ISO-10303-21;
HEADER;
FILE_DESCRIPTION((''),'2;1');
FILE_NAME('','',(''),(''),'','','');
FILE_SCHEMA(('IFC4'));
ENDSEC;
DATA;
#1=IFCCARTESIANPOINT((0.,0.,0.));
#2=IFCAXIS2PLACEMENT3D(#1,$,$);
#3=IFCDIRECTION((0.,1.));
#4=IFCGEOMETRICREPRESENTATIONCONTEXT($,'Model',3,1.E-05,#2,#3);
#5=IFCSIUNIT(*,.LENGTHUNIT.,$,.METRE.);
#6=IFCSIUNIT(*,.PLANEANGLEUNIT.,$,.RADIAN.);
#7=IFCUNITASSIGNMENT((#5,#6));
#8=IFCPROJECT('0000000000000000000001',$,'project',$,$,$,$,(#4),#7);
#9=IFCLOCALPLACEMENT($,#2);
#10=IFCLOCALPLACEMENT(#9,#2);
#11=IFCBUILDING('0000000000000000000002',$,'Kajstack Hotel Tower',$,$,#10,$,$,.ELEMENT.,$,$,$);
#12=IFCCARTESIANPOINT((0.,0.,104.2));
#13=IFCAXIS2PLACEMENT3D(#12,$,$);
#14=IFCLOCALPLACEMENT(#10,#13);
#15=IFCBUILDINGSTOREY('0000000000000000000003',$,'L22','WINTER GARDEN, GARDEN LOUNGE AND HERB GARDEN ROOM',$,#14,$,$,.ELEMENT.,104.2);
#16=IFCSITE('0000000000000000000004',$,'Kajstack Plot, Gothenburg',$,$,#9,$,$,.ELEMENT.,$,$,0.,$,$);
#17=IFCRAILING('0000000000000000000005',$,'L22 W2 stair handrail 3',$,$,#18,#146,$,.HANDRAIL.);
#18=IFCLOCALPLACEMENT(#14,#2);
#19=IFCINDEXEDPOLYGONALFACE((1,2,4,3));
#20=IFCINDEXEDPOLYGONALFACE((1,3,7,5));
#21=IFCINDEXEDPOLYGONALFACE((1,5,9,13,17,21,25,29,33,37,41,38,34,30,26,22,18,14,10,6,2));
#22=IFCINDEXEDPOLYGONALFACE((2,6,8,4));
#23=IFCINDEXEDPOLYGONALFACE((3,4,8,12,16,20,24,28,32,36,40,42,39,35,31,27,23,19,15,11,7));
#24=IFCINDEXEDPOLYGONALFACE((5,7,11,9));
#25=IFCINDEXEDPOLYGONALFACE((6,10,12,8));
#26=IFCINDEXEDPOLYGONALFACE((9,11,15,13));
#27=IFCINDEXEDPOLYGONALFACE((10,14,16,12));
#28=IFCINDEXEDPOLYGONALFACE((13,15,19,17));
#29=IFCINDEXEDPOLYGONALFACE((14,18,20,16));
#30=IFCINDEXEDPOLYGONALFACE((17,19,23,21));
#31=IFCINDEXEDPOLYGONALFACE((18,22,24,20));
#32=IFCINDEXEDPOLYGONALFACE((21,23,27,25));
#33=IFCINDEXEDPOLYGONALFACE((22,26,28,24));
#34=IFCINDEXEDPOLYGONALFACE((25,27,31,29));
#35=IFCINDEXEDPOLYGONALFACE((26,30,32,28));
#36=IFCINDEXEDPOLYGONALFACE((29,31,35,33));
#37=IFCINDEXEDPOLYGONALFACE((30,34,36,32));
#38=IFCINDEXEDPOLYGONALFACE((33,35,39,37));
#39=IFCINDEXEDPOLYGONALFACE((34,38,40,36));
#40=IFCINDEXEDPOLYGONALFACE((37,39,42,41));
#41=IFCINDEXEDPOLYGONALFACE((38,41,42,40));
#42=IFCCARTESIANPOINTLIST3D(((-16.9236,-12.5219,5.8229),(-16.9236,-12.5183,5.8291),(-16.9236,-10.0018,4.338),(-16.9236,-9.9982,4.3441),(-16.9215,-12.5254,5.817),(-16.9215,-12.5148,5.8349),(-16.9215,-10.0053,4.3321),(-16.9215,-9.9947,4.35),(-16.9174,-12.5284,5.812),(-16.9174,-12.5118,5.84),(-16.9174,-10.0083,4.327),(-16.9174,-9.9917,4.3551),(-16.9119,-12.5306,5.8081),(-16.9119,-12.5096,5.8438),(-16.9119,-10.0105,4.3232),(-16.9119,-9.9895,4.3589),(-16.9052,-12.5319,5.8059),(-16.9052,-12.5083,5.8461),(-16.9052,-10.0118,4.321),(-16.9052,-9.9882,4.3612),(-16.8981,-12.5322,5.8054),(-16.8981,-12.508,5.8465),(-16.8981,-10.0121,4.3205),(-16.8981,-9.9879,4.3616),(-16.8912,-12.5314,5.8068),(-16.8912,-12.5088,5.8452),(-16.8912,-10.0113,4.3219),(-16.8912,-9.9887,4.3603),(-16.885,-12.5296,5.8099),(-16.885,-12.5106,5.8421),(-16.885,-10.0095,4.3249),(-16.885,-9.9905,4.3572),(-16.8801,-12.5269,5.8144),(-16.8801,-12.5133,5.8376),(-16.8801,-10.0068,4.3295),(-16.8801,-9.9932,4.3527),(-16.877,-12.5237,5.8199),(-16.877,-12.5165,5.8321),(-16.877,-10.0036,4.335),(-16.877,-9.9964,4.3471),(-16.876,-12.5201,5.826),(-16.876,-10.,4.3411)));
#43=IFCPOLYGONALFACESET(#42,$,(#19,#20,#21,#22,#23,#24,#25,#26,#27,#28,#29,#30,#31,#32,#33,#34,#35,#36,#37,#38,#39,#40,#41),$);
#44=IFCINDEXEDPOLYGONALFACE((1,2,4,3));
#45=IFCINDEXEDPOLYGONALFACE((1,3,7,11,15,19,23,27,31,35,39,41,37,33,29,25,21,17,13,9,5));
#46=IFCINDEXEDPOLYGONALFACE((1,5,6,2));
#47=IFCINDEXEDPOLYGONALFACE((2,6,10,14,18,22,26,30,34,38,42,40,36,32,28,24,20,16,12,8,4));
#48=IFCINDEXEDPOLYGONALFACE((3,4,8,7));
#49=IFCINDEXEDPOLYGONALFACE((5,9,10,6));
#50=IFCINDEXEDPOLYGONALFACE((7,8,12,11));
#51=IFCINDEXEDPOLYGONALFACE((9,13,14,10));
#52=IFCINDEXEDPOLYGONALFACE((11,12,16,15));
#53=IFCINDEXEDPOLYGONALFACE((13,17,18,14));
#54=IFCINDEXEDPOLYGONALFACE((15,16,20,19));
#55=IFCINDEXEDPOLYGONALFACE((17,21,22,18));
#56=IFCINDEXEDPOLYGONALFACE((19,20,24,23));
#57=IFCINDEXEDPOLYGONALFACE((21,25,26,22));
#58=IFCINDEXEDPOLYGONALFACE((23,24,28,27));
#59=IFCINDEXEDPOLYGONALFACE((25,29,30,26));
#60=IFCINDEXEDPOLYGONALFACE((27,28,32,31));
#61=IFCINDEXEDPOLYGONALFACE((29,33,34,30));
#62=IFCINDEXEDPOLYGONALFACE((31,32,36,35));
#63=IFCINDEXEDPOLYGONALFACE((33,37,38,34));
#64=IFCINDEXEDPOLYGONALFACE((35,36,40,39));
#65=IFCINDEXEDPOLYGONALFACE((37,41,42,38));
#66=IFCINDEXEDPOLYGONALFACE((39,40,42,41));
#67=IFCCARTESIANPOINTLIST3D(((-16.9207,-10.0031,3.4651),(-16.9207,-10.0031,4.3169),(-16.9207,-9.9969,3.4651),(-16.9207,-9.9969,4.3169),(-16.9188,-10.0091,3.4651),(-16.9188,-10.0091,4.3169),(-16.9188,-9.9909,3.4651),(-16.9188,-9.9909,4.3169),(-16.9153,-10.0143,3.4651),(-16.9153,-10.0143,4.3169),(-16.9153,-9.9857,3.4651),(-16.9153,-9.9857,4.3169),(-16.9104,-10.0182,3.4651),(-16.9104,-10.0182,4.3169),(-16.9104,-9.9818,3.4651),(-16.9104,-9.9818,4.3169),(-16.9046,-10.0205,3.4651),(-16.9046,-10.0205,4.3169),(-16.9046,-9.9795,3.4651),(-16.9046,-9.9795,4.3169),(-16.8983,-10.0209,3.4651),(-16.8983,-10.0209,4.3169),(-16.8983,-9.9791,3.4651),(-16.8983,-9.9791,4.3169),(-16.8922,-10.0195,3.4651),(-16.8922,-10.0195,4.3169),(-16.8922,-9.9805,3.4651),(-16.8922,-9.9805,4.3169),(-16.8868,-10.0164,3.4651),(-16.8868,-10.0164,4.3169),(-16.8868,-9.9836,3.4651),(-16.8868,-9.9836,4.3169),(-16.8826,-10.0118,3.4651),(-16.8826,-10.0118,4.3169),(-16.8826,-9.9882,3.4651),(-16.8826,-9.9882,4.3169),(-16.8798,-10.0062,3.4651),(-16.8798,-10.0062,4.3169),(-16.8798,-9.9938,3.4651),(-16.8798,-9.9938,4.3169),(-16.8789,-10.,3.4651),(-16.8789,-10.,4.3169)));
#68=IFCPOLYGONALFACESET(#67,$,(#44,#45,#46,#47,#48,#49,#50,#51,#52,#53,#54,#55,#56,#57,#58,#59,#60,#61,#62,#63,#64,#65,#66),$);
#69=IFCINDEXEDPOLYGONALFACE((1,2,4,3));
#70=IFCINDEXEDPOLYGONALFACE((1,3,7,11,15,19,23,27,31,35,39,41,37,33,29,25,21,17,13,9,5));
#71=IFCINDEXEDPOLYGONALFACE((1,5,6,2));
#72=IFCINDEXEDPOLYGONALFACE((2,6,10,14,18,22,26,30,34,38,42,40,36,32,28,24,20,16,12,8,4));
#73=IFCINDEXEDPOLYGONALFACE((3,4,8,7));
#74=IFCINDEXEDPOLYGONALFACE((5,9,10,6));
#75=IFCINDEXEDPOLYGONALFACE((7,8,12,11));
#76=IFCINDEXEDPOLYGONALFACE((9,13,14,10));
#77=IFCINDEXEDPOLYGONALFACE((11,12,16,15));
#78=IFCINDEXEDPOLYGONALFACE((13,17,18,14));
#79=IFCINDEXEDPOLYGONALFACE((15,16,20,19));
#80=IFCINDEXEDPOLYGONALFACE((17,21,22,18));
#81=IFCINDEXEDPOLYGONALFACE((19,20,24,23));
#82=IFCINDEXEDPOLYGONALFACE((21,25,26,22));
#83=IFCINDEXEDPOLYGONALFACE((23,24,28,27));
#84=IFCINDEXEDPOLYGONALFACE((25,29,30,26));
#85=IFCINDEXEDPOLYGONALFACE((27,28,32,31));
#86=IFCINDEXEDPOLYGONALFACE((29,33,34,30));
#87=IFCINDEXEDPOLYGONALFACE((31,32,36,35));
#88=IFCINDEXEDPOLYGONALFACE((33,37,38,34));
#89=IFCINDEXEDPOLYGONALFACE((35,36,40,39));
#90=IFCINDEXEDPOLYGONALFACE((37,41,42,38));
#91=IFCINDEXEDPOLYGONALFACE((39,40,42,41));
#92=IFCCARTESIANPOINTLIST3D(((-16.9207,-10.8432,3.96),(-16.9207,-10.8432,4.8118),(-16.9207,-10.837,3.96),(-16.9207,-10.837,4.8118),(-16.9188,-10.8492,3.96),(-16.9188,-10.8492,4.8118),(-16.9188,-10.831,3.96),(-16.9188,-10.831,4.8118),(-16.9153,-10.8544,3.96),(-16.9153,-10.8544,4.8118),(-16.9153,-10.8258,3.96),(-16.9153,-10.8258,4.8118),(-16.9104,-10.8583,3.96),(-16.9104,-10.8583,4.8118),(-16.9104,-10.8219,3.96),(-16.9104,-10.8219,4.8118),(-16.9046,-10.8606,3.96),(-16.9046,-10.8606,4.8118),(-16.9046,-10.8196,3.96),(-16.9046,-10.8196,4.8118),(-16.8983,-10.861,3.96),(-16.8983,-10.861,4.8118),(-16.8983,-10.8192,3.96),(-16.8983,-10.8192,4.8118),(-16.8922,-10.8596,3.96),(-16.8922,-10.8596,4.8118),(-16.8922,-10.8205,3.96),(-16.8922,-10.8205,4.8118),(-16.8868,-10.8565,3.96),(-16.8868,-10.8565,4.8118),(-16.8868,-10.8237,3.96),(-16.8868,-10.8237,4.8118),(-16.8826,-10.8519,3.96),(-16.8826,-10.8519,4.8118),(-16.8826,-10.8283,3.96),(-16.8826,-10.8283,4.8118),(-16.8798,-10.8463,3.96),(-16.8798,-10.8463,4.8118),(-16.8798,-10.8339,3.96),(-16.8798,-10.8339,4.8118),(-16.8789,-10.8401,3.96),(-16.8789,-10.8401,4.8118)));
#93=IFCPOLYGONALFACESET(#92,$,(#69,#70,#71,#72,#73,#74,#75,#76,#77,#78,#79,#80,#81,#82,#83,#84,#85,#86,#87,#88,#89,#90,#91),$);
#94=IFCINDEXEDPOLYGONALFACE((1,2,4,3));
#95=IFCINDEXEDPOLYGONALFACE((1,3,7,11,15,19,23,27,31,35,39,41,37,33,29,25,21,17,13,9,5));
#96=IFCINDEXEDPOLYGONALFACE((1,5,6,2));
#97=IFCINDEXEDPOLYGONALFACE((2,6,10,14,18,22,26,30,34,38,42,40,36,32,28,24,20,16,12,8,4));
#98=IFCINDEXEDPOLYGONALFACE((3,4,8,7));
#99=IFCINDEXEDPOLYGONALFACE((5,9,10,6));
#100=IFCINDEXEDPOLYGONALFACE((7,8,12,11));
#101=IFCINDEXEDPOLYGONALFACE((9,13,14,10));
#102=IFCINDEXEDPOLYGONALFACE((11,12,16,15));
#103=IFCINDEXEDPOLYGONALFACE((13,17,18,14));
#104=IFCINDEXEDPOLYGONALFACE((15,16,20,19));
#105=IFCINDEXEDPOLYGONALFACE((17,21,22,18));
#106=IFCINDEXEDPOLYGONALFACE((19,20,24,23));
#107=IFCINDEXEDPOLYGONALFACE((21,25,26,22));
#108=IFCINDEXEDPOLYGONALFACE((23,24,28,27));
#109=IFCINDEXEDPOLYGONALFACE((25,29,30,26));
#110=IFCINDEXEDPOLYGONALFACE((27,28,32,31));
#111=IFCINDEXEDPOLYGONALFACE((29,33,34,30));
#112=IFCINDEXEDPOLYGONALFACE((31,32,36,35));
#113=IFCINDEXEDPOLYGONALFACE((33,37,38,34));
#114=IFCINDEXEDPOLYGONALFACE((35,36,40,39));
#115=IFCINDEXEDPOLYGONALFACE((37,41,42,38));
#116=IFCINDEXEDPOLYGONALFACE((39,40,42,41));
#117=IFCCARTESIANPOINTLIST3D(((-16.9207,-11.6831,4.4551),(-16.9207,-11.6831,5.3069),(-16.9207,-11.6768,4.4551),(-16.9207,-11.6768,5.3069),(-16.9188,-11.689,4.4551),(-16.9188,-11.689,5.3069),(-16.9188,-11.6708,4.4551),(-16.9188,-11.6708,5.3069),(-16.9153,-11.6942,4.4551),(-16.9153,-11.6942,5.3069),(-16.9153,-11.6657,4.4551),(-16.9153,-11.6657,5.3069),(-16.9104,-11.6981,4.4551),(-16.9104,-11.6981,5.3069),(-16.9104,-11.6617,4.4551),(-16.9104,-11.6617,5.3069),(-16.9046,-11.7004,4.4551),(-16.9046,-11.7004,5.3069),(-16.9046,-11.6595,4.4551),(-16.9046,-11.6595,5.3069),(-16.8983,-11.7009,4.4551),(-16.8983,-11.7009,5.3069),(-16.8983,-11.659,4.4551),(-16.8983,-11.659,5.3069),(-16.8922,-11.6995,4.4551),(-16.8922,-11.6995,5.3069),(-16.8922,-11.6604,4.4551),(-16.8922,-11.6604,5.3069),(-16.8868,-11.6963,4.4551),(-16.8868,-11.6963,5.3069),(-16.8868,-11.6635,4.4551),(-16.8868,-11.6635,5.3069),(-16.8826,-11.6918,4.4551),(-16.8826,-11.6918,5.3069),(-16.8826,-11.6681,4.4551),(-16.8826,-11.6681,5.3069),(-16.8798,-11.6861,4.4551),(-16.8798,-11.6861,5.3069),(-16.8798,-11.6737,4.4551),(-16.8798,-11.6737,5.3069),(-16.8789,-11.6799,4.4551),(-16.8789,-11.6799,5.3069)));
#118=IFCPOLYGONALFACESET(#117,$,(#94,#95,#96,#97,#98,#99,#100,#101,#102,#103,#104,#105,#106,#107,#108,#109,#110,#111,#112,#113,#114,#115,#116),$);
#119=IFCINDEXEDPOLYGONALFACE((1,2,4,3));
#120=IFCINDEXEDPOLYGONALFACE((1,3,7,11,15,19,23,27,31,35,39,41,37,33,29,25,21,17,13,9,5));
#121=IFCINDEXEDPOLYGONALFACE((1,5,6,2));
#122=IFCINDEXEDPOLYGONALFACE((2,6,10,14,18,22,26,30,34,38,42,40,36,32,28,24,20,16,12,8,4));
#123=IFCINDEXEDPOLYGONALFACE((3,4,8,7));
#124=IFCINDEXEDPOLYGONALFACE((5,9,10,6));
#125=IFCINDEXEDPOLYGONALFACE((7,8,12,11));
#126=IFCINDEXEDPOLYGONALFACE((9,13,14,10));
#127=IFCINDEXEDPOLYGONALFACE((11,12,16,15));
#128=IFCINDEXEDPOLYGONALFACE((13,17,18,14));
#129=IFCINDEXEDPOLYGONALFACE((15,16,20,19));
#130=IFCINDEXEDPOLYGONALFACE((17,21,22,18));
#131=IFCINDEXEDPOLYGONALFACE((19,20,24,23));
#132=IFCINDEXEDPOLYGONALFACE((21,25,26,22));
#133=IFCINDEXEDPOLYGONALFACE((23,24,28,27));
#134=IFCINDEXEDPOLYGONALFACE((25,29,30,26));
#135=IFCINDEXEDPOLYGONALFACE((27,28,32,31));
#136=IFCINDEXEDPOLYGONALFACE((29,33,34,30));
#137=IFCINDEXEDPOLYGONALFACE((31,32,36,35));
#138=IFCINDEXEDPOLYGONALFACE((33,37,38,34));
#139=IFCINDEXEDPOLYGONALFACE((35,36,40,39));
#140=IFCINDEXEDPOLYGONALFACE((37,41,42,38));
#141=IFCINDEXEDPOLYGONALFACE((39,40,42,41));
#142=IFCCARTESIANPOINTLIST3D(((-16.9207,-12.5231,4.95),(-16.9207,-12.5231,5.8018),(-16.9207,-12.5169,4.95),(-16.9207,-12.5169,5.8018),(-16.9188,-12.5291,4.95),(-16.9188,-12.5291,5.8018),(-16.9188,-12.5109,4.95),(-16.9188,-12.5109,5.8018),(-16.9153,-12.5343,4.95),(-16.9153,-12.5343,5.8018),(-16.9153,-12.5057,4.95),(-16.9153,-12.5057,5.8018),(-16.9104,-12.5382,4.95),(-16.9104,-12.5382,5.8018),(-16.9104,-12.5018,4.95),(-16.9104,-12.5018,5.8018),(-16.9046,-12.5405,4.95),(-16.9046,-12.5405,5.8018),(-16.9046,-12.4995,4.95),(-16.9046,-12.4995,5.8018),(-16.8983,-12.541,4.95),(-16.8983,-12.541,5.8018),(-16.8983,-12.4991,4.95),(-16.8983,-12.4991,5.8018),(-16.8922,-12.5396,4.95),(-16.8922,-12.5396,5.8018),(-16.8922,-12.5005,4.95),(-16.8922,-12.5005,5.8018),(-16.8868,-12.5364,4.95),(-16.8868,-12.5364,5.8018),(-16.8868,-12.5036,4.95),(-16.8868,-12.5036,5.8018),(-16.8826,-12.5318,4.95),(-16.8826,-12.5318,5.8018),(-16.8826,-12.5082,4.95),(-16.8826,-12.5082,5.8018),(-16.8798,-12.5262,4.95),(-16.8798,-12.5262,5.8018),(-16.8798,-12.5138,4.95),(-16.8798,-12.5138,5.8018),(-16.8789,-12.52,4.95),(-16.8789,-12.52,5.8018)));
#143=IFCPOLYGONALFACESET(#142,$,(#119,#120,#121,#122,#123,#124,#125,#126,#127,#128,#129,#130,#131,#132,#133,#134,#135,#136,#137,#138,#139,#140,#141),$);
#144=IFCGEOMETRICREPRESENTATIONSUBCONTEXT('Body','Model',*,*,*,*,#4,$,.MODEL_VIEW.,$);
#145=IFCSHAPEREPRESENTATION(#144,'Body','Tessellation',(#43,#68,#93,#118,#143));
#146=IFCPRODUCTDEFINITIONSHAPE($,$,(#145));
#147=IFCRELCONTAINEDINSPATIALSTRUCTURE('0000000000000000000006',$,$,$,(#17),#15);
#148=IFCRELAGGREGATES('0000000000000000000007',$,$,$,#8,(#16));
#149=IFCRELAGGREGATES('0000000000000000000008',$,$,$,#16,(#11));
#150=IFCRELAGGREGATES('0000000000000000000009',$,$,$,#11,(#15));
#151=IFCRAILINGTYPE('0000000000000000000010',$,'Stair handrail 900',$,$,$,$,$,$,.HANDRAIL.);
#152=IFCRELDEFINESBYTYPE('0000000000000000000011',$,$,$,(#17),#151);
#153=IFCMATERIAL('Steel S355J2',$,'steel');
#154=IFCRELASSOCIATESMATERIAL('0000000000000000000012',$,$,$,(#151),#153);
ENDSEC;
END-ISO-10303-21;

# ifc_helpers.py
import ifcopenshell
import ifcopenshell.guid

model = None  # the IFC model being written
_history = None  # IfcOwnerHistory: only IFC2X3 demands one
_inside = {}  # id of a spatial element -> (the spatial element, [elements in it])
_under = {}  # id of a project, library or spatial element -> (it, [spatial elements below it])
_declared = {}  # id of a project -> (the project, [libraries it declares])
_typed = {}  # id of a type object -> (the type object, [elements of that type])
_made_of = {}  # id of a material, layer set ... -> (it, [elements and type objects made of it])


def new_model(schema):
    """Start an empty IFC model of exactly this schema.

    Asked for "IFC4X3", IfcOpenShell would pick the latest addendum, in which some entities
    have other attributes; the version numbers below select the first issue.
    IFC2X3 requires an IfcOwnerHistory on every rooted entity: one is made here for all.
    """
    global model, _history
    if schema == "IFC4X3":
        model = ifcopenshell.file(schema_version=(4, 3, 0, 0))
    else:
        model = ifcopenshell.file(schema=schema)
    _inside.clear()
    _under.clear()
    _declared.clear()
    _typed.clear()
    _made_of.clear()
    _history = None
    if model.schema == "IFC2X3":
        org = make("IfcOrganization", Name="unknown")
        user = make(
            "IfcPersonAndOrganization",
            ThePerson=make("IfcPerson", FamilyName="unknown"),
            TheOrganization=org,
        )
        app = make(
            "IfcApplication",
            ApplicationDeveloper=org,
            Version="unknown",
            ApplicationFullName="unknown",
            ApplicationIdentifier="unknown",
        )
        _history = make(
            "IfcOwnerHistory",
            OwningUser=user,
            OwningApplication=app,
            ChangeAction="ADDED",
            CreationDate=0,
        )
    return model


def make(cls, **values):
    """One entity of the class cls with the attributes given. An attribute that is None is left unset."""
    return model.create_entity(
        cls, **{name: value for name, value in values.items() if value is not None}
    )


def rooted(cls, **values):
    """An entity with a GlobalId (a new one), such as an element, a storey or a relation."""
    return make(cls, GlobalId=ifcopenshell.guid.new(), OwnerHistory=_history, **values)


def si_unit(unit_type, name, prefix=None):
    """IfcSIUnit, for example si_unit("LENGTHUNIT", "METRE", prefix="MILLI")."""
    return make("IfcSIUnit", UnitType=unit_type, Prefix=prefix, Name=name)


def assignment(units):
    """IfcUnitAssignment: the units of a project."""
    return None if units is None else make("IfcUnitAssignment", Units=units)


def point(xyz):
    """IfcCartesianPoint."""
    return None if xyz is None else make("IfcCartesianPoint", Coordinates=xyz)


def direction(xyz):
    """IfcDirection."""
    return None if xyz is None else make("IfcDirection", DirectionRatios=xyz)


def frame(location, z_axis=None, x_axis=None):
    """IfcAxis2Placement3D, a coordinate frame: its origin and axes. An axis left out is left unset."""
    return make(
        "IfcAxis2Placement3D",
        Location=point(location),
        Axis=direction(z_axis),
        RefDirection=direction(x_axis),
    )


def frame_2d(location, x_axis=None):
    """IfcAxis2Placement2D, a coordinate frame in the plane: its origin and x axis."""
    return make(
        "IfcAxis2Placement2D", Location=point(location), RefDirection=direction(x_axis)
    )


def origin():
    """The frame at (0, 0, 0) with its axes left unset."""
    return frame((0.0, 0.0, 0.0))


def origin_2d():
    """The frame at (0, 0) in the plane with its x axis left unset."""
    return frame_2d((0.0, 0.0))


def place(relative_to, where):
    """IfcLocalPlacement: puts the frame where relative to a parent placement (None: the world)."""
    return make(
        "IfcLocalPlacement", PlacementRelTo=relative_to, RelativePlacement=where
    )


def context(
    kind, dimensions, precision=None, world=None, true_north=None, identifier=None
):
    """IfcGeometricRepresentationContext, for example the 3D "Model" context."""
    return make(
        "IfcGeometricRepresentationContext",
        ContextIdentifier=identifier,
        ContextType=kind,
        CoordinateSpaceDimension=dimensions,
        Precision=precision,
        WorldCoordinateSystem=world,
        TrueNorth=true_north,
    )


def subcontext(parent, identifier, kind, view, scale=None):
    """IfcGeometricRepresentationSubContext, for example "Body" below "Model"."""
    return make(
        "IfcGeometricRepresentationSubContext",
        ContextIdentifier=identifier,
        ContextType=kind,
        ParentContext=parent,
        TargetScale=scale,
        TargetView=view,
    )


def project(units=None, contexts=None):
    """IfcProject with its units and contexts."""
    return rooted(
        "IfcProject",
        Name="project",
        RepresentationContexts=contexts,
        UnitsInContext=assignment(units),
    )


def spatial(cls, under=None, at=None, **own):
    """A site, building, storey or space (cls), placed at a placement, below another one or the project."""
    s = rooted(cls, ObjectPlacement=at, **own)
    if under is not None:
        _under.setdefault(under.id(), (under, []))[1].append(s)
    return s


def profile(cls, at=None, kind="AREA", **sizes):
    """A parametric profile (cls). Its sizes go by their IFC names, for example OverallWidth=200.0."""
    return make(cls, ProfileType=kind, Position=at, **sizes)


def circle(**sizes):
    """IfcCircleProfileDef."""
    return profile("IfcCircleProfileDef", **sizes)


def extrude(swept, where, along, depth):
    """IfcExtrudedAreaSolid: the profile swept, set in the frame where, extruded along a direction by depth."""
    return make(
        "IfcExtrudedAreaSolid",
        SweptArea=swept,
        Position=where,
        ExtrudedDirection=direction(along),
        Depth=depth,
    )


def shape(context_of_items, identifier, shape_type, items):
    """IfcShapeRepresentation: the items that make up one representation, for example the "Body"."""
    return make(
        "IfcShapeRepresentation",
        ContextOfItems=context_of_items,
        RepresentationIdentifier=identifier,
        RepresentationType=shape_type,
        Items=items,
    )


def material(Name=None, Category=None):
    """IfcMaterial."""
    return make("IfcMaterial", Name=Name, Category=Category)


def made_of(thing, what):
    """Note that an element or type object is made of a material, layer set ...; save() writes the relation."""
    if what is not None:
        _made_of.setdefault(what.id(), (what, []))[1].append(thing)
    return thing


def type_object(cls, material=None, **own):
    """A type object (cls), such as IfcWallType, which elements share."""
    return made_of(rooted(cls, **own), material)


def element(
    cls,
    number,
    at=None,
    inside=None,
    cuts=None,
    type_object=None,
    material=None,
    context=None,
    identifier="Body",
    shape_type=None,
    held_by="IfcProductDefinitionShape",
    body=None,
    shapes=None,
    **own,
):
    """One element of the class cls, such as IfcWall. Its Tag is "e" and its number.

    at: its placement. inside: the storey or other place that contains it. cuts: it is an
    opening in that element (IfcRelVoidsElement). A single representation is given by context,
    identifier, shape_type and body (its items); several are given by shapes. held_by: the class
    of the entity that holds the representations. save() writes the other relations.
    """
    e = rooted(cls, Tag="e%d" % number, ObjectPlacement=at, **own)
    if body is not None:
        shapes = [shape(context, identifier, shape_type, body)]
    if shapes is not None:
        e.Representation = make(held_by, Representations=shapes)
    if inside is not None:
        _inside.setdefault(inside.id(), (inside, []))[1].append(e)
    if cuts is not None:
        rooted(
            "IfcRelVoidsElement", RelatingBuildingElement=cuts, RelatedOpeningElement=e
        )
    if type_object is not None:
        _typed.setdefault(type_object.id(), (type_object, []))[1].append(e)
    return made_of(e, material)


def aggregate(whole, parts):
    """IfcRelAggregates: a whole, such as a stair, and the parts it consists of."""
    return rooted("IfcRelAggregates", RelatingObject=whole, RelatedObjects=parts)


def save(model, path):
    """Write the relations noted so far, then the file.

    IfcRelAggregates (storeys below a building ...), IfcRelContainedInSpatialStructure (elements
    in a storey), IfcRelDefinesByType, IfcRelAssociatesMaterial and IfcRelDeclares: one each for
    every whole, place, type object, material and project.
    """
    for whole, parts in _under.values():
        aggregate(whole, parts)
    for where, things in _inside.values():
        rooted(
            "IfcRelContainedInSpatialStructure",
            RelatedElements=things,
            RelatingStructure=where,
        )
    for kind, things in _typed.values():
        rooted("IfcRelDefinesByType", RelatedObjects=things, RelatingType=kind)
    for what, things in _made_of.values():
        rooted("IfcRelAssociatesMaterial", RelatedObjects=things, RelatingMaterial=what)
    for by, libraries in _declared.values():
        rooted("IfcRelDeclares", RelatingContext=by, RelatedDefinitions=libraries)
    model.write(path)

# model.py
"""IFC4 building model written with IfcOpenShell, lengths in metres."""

from ifc_helpers import new_model, si_unit, direction, frame, origin, origin_2d, place, context, subcontext, project, spatial, circle, extrude, material, type_object, element, save


model = new_model("IFC4")

# Units and contexts
model_context = context("Model", 3, precision=1e-05, world=origin(), true_north=direction((0.0, 1.0)))
body_context = subcontext(model_context, "Body", "Model", "MODEL_VIEW")
ifc_project = project(units=[si_unit("LENGTHUNIT", "METRE"), si_unit("PLANEANGLEUNIT", "RADIAN")], contexts=[model_context])

# Site, building, storey
site_placement = place(None, origin())
site = spatial("IfcSite", under=ifc_project, at=site_placement, Name="Kajstack Plot, Gothenburg", CompositionType="ELEMENT", RefElevation=0.0)
building_placement = place(site_placement, origin())
building = spatial("IfcBuilding", under=site, at=building_placement, Name="Kajstack Hotel Tower", CompositionType="ELEMENT")
storey_placement = place(building_placement, frame((0.0, 0.0, 104.2)))
storey = spatial("IfcBuildingStorey", under=building, at=storey_placement, Name="L22", Description="WINTER GARDEN, GARDEN LOUNGE AND HERB GARDEN ROOM", CompositionType="ELEMENT", Elevation=104.2)

# Railing
ifc_material_1 = material(Name="Steel S355J2", Category="steel")
railing_type_1 = type_object("IfcRailingType", Name="Stair handrail 900", PredefinedType="HANDRAIL", material=ifc_material_1)
railing_1_placement = place(storey_placement, frame((-16.8999, -10.0, 3.4651)))
element("IfcRailing", 1, at=railing_1_placement, inside=storey, type_object=railing_type_1, Name="L22 W2 stair handrail 3", PredefinedType="HANDRAIL", context=body_context, shape_type="SweptSolid", body=[
    extrude(circle(Radius=0.0239, at=origin_2d()), frame((0.0, 0.0, 0.876), z_axis=(0.0, -0.861561, 0.507655), x_axis=(1.0, 0.0, 0.0)), (0.0, 0.0, 1.0), 2.925),
    extrude(circle(Radius=0.021, at=origin_2d()), origin(), (0.0, 0.0, 1.0), 0.8518),
    extrude(circle(Radius=0.021, at=origin_2d()), frame((0.0, -0.8401, 0.4949)), (0.0, 0.0, 1.0), 0.8518),
    extrude(circle(Radius=0.021, at=origin_2d()), frame((0.0, -1.6799, 0.99)), (0.0, 0.0, 1.0), 0.8518),
    extrude(circle(Radius=0.021, at=origin_2d()), frame((0.0, -2.52, 1.4849)), (0.0, 0.0, 1.0), 0.8518),
])

save(model, "model.ifc")
